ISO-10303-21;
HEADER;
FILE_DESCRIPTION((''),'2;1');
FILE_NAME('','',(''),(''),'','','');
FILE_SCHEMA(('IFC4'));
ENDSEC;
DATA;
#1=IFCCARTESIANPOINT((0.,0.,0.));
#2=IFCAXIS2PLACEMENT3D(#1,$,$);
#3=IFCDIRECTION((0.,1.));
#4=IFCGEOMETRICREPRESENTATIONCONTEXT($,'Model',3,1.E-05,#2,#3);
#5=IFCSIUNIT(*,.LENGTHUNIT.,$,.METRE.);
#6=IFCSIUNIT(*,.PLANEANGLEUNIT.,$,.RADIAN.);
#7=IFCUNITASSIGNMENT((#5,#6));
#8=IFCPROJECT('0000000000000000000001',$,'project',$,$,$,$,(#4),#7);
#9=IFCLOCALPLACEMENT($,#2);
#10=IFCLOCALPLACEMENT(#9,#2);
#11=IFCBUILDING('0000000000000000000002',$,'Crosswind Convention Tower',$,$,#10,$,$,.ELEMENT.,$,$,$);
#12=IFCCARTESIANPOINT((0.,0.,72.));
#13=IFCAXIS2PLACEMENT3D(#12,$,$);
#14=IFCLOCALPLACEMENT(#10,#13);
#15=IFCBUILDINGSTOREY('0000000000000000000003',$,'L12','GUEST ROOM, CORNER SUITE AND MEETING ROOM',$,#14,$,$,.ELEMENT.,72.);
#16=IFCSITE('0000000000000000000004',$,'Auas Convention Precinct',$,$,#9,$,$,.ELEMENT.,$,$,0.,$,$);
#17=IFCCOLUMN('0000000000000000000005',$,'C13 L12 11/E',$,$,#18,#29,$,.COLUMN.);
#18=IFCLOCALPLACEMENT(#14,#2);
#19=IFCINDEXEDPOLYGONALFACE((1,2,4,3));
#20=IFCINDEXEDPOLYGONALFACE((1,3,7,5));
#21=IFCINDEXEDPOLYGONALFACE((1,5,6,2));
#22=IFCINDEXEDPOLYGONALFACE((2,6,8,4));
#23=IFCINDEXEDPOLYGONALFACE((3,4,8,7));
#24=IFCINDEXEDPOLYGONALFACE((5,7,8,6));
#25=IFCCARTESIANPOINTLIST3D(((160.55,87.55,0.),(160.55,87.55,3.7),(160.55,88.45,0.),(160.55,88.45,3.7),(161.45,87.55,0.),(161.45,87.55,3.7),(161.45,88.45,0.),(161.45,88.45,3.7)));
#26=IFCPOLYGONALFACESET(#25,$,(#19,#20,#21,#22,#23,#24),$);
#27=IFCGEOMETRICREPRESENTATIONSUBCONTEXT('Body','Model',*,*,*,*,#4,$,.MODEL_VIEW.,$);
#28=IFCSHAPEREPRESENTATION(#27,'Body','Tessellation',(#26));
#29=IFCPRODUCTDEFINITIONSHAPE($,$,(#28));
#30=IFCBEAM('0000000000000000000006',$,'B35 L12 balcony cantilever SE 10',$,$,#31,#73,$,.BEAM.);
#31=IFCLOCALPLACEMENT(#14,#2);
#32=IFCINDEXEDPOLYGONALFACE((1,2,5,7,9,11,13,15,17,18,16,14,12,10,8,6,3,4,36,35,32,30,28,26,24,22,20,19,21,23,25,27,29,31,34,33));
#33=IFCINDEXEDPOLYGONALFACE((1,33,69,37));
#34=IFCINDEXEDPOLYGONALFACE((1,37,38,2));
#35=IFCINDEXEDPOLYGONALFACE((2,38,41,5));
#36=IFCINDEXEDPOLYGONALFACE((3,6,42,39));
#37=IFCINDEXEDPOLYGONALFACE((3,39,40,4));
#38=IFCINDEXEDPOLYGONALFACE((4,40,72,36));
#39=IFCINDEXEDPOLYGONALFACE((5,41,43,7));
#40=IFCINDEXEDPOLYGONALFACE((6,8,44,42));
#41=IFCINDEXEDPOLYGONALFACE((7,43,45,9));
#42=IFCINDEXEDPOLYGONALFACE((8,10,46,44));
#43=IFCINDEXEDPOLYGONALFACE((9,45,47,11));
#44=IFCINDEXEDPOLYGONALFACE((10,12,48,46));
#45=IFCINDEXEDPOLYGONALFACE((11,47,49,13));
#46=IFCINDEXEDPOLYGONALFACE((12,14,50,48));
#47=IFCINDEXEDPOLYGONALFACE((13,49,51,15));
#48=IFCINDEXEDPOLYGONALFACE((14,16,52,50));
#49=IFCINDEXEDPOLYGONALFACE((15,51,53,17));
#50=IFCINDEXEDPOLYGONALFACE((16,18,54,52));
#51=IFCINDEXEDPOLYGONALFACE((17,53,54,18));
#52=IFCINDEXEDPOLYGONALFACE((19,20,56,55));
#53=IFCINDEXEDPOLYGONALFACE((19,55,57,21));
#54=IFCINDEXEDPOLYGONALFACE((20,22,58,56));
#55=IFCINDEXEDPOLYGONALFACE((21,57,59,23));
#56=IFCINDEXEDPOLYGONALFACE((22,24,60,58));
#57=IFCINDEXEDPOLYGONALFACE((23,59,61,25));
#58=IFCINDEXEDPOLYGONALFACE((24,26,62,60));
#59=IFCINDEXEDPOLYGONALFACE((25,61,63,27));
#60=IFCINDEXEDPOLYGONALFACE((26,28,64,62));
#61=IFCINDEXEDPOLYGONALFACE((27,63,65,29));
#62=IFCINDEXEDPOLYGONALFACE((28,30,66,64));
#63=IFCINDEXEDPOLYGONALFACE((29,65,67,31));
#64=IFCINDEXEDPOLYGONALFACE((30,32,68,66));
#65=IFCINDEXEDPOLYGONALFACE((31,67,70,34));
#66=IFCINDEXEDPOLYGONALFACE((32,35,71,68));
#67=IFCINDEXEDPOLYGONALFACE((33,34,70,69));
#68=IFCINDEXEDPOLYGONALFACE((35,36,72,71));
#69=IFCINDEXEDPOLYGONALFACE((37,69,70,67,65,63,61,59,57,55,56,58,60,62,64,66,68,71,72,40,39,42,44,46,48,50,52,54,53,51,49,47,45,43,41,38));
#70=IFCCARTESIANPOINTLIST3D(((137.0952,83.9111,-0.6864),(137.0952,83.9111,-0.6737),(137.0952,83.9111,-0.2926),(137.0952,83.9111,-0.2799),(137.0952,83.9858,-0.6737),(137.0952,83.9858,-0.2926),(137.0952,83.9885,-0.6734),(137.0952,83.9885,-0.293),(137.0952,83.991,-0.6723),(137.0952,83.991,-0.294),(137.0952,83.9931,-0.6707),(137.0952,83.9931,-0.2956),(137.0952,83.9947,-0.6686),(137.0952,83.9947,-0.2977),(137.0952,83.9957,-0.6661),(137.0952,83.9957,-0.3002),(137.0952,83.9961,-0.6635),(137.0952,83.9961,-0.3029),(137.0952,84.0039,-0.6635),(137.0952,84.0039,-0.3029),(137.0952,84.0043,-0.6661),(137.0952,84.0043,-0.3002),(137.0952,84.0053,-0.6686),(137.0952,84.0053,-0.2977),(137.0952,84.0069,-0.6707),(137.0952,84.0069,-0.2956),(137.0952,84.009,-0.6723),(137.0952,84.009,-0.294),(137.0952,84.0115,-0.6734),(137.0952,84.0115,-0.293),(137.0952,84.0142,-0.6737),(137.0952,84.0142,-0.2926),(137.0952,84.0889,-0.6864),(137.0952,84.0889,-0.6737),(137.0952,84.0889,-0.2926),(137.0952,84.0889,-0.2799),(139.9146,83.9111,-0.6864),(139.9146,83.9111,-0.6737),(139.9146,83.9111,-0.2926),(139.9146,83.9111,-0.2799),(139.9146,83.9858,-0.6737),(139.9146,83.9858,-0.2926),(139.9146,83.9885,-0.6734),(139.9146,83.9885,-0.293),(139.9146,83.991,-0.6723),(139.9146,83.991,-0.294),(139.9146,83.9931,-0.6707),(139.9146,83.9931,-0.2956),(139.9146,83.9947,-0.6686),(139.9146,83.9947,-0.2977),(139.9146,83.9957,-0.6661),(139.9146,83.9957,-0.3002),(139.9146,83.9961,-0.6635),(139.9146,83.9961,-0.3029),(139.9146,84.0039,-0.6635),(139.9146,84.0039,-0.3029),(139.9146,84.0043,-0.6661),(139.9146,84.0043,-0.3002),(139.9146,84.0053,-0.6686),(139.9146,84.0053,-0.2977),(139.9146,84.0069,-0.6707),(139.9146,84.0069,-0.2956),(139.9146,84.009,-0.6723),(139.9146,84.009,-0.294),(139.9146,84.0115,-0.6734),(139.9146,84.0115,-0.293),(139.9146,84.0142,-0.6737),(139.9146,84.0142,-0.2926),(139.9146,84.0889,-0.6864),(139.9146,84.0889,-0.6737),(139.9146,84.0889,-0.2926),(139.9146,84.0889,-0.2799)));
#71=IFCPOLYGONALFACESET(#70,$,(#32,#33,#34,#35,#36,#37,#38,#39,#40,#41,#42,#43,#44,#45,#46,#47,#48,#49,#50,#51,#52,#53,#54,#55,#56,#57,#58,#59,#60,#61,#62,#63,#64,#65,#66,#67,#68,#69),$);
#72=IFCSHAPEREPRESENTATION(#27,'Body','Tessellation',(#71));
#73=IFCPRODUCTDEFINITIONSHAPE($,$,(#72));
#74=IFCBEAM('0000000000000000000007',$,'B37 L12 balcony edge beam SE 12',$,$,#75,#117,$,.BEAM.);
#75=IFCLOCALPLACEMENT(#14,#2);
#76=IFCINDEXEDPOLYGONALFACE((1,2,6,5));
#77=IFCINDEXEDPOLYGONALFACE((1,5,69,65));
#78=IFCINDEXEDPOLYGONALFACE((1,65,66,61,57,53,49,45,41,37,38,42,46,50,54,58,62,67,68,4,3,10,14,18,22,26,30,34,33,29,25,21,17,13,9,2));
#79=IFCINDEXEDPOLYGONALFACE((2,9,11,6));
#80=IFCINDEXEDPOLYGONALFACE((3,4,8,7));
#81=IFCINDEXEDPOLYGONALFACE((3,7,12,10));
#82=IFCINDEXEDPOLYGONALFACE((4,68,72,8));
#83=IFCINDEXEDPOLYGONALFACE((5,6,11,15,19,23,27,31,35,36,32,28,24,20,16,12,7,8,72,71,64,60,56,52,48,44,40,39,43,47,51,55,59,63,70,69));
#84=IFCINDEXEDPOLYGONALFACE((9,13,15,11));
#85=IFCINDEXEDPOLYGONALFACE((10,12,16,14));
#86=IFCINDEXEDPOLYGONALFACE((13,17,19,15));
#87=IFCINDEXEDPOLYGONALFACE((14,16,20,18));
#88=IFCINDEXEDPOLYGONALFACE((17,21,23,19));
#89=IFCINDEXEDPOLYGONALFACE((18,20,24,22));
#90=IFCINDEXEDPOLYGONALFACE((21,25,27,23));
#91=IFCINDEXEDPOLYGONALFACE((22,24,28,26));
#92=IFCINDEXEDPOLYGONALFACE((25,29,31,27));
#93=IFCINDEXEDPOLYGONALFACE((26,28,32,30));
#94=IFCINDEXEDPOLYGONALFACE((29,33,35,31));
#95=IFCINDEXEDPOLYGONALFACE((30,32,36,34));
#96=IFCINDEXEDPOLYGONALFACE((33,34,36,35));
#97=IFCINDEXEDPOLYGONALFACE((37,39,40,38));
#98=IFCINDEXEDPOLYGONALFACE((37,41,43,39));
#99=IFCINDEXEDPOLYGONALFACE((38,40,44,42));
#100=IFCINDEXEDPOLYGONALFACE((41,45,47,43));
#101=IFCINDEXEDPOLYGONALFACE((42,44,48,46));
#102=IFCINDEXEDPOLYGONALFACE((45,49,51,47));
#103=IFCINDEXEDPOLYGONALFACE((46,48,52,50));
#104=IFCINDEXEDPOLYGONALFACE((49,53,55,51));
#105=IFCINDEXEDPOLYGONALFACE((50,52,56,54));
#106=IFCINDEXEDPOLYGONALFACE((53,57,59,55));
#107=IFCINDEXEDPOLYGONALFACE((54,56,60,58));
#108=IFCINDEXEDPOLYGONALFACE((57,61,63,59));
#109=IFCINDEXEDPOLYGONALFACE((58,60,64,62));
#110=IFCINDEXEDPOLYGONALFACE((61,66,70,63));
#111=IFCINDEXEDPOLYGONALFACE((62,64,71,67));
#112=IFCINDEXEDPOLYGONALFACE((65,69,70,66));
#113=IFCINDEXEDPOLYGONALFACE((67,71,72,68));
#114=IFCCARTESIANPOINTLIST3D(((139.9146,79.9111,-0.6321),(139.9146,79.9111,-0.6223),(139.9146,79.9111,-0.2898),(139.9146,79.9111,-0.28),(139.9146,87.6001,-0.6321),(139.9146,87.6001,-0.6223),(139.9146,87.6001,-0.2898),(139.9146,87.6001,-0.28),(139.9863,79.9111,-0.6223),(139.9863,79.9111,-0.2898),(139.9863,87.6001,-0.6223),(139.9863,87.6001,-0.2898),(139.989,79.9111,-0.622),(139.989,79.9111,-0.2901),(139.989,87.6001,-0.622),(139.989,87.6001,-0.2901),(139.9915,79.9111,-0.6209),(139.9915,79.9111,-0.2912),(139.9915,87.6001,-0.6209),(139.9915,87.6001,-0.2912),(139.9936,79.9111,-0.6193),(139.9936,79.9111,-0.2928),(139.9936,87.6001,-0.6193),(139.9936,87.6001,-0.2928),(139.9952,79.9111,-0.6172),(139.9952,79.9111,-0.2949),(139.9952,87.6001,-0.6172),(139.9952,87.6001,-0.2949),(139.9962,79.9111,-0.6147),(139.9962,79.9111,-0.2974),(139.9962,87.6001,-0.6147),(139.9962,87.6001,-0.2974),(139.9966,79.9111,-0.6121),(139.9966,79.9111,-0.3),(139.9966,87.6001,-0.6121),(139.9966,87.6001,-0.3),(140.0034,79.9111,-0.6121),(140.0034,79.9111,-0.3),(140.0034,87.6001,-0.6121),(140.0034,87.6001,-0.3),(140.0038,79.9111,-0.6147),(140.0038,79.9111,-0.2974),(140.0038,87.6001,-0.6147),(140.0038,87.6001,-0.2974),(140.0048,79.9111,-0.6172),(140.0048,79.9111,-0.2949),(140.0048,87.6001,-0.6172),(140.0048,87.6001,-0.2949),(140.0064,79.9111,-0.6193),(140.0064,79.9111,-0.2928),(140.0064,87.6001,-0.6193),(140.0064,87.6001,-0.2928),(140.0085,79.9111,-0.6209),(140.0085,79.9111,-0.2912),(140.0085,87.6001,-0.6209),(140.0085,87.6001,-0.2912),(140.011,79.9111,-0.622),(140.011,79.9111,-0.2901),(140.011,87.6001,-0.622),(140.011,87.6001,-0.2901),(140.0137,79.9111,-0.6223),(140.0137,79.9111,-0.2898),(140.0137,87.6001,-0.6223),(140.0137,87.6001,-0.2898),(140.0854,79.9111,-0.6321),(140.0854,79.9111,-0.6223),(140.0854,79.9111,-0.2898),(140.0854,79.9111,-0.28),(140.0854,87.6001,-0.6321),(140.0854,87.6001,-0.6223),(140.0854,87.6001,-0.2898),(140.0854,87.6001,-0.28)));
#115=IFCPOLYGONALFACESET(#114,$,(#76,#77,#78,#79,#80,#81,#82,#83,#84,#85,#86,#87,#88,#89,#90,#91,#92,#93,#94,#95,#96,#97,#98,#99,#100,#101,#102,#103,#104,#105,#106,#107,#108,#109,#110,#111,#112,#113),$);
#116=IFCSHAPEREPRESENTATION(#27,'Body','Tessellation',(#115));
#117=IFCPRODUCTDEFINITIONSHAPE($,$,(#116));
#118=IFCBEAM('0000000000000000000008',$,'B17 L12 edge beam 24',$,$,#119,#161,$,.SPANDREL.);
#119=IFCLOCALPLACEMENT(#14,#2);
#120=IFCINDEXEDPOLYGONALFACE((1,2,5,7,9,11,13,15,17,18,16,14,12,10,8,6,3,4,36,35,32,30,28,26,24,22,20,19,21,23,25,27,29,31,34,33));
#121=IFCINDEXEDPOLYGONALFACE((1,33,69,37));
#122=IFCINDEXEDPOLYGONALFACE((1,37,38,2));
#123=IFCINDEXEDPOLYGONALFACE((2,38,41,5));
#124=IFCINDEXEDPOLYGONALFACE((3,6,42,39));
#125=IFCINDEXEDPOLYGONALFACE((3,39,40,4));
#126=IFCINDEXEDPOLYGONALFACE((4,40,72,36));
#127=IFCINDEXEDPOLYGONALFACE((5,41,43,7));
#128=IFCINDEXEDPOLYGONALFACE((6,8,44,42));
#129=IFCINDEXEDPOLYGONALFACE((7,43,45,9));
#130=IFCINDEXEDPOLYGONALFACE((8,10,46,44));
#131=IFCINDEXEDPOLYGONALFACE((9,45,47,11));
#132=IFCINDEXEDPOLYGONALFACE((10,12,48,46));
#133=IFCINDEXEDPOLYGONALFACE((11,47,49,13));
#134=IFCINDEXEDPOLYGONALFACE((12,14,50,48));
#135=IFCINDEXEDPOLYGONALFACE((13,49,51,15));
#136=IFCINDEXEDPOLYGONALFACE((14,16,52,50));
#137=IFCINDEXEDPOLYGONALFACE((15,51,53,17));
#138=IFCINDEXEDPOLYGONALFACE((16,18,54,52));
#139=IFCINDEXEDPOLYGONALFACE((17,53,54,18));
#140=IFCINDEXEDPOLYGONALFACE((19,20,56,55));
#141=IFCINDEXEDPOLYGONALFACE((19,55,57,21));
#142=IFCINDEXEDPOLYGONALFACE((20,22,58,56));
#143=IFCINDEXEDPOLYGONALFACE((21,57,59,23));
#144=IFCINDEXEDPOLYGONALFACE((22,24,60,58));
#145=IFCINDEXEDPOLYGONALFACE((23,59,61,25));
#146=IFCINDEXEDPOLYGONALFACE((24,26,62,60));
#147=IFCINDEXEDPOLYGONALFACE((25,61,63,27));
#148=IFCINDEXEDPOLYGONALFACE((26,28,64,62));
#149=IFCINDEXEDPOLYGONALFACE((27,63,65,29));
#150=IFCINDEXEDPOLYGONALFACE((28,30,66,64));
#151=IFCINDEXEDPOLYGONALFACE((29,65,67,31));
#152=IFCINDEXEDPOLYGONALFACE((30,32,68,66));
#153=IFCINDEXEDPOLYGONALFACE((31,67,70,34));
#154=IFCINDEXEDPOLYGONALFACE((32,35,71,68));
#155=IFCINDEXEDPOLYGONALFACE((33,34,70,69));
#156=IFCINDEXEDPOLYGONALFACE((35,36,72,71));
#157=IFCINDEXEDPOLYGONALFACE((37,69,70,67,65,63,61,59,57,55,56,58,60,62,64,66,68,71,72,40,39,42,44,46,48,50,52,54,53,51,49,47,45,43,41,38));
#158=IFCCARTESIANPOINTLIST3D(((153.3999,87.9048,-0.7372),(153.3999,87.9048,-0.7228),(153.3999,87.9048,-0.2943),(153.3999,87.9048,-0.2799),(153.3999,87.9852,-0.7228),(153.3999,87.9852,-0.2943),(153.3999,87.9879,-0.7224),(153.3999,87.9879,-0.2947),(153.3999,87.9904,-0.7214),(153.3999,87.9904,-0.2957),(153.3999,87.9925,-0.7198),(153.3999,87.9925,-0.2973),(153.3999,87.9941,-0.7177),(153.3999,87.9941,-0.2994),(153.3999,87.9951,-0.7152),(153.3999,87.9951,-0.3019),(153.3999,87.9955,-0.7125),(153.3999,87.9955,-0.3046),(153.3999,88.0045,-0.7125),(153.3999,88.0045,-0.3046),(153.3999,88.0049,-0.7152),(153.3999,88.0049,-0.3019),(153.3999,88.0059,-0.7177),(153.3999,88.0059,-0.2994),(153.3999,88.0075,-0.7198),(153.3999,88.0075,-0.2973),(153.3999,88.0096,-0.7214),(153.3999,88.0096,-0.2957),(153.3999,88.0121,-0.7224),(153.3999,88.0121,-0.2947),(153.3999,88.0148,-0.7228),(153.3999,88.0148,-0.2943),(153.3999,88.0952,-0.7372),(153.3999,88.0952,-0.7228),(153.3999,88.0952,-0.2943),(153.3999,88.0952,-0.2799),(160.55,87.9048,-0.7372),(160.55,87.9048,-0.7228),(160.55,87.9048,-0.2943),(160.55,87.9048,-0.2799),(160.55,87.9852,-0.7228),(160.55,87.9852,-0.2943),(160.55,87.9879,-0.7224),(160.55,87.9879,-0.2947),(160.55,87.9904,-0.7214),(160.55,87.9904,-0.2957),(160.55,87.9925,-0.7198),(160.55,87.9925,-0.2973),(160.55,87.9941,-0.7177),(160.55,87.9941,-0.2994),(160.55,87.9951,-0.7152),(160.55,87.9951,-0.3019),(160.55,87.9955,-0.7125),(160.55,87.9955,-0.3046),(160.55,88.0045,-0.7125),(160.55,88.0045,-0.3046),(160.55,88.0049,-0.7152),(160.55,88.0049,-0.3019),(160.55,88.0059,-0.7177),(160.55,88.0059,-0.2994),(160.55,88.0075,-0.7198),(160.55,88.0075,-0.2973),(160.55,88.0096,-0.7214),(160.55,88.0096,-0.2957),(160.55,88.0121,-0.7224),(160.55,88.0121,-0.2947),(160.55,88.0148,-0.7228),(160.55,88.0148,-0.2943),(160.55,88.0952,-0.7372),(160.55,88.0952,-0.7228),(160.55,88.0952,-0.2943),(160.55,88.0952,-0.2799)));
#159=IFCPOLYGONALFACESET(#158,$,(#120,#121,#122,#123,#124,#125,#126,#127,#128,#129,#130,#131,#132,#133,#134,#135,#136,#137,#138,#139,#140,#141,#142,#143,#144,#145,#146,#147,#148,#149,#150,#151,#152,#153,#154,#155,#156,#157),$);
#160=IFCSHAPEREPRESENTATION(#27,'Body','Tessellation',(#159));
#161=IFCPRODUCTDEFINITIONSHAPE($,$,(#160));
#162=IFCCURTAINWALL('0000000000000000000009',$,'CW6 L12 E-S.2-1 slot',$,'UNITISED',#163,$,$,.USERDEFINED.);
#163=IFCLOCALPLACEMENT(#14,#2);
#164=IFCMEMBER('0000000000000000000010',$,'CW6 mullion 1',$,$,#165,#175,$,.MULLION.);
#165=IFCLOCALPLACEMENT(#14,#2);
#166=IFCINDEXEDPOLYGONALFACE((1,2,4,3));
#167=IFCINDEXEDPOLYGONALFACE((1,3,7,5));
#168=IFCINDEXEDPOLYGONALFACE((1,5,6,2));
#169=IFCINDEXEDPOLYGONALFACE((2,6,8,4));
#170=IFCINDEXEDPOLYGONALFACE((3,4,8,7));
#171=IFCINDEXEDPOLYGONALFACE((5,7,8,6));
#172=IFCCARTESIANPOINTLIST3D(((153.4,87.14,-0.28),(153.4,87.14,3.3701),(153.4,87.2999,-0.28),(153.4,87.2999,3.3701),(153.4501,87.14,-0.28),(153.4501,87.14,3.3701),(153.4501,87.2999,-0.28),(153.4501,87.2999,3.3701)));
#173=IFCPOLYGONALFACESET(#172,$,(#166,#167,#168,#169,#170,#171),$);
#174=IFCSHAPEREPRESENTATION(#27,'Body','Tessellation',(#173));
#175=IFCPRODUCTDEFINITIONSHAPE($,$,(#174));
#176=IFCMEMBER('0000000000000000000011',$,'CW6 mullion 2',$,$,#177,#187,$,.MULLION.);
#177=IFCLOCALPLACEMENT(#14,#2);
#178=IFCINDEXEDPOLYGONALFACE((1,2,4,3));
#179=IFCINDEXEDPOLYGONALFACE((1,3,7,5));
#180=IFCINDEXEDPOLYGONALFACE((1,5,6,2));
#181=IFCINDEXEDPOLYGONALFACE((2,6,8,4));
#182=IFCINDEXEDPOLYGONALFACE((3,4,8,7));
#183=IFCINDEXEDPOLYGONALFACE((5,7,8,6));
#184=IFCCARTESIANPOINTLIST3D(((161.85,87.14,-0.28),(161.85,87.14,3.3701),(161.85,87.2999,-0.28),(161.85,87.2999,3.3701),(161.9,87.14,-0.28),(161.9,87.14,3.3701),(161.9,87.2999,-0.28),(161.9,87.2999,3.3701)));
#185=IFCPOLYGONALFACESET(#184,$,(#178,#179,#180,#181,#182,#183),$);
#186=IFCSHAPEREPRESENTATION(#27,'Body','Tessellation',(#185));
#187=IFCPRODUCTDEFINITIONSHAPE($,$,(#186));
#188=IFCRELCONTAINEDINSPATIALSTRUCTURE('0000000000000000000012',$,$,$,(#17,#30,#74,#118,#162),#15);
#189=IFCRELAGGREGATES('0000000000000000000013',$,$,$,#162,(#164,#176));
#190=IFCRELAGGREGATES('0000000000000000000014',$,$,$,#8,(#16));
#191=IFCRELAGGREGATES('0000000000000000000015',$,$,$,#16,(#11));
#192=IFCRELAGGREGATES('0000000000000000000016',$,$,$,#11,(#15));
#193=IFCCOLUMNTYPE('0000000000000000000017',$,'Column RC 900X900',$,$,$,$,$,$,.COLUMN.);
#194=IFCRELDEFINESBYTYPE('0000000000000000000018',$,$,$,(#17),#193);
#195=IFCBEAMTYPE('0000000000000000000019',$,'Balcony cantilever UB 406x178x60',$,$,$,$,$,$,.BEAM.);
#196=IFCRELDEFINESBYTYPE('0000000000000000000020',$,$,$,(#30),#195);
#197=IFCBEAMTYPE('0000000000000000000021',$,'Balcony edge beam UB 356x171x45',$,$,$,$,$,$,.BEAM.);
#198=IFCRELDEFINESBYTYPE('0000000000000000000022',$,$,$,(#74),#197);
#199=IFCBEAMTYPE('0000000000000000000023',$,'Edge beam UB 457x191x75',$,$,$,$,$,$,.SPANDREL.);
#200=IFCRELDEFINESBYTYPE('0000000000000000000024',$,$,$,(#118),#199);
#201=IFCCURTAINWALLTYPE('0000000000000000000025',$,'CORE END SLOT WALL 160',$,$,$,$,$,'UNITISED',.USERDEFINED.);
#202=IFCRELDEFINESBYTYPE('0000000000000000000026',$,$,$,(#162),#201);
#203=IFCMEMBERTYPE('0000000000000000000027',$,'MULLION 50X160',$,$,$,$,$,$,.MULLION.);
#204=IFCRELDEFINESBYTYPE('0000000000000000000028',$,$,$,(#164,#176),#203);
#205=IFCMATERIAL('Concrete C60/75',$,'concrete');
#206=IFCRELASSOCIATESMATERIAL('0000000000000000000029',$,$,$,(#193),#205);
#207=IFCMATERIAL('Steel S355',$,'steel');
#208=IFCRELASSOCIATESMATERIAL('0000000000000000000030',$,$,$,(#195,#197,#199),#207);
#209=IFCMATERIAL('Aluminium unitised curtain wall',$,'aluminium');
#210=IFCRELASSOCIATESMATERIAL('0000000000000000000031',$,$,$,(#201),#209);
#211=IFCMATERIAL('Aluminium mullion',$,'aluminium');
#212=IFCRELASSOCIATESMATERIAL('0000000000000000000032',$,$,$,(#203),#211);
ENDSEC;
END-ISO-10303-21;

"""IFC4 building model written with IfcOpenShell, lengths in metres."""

from ifc_helpers import new_model, si_unit, direction, frame, origin, origin_2d, place, context, subcontext, project, spatial, rectangle, i_section, extrude, material, material_profile, profile_set, type_object, element, aggregate, save


model = new_model("IFC4")

# Units and contexts
model_context = context("Model", 3, precision=1e-05, world=origin(), true_north=direction((0.0, 1.0)))
body_context = subcontext(model_context, "Body", "Model", "MODEL_VIEW")
ifc_project = project(units=[si_unit("LENGTHUNIT", "METRE"), si_unit("PLANEANGLEUNIT", "RADIAN")], contexts=[model_context])

# Site, building, storey
site_placement = place(None, origin())
site = spatial("IfcSite", under=ifc_project, at=site_placement, Name="Auas Convention Precinct", CompositionType="ELEMENT", RefElevation=0.0)
building_placement = place(site_placement, origin())
building = spatial("IfcBuilding", under=site, at=building_placement, Name="Crosswind Convention Tower", CompositionType="ELEMENT")
storey_placement = place(building_placement, frame((0.0, 0.0, 72.0)))
storey = spatial("IfcBuildingStorey", under=building, at=storey_placement, Name="L12", Description="GUEST ROOM, CORNER SUITE AND MEETING ROOM", CompositionType="ELEMENT", Elevation=72.0)

# Column
ifc_material_1 = material(Name="Concrete C60/75", Category="concrete")
ifc_material_profile_1 = material_profile(ifc_material_1, rectangle(XDim=0.8999, YDim=0.8999, at=origin_2d()), Name="RC 900X900")
ifc_profile_set_1 = profile_set([ifc_material_profile_1], Name="Concrete C60/75")
column_type = type_object("IfcColumnType", Name="Column RC 900X900", PredefinedType="COLUMN", material=ifc_profile_set_1)
column_placement = place(storey_placement, frame((161.0, 88.0, 0.0), z_axis=(0.0, 0.0, 1.0), x_axis=(1.0, 0.0, 0.0)))
element("IfcColumn", 1, at=column_placement, inside=storey, type_object=column_type, Name="C13 L12 11/E", PredefinedType="COLUMN", context=body_context, shape_type="SweptSolid", body=[
    extrude(rectangle(XDim=0.8999, YDim=0.8999, at=origin_2d()), origin(), (0.0, 0.0, 1.0), 3.7),
])

# Beams
ifc_material_2 = material(Name="Steel S355", Category="steel")
ifc_material_profile_2 = material_profile(ifc_material_2, i_section(OverallWidth=0.1777, OverallDepth=0.4065, WebThickness=0.0078, FlangeThickness=0.0127, FilletRadius=0.0103, at=origin_2d()), Name="UB 406x178x60")
ifc_profile_set_2 = profile_set([ifc_material_profile_2], Name="Steel S355")
beam_type_1 = type_object("IfcBeamType", Name="Balcony cantilever UB 406x178x60", PredefinedType="BEAM", material=ifc_profile_set_2)
beam_1_placement = place(storey_placement, frame((137.0952, 84.0, -0.4832), z_axis=(1.0, 0.0, 0.0), x_axis=(0.0, 1.0, 0.0)))
element("IfcBeam", 2, at=beam_1_placement, inside=storey, type_object=beam_type_1, Name="B35 L12 balcony cantilever SE 10", PredefinedType="BEAM", context=body_context, shape_type="SweptSolid", body=[
    extrude(i_section(OverallWidth=0.1777, OverallDepth=0.4065, WebThickness=0.0078, FlangeThickness=0.0127, FilletRadius=0.0103, at=origin_2d()), origin(), (0.0, 0.0, 1.0), 2.8193),
])
ifc_material_profile_3 = material_profile(ifc_material_2, i_section(OverallWidth=0.1709, OverallDepth=0.3521, WebThickness=0.0068, FlangeThickness=0.0098, FilletRadius=0.0103, at=origin_2d()), Name="UB 356x171x45")
ifc_profile_set_3 = profile_set([ifc_material_profile_3], Name="Steel S355")
beam_type_2 = type_object("IfcBeamType", Name="Balcony edge beam UB 356x171x45", PredefinedType="BEAM", material=ifc_profile_set_3)
beam_2_placement = place(storey_placement, frame((140.0, 87.6001, -0.4561), z_axis=(0.0, -1.0, 0.0), x_axis=(1.0, 0.0, 0.0)))
element("IfcBeam", 3, at=beam_2_placement, inside=storey, type_object=beam_type_2, Name="B37 L12 balcony edge beam SE 12", PredefinedType="BEAM", context=body_context, shape_type="SweptSolid", body=[
    extrude(i_section(OverallWidth=0.1709, OverallDepth=0.3521, WebThickness=0.0068, FlangeThickness=0.0098, FilletRadius=0.0103, at=origin_2d()), origin(), (0.0, 0.0, 1.0), 7.689),
])
ifc_material_profile_4 = material_profile(ifc_material_2, i_section(OverallWidth=0.1904, OverallDepth=0.4573, WebThickness=0.009, FlangeThickness=0.0144, FilletRadius=0.0103, at=origin_2d()), Name="UB 457x191x75")
ifc_profile_set_4 = profile_set([ifc_material_profile_4], Name="Steel S355")
beam_type_3 = type_object("IfcBeamType", Name="Edge beam UB 457x191x75", PredefinedType="SPANDREL", material=ifc_profile_set_4)
beam_3_placement = place(storey_placement, frame((153.3999, 88.0, -0.5085), z_axis=(1.0, 0.0, 0.0), x_axis=(0.0, 1.0, 0.0)))
element("IfcBeam", 4, at=beam_3_placement, inside=storey, type_object=beam_type_3, Name="B17 L12 edge beam 24", PredefinedType="SPANDREL", context=body_context, shape_type="SweptSolid", body=[
    extrude(i_section(OverallWidth=0.1904, OverallDepth=0.4573, WebThickness=0.009, FlangeThickness=0.0144, FilletRadius=0.0103, at=origin_2d()), origin(), (0.0, 0.0, 1.0), 7.1501),
])

# Curtain wall, members
ifc_material_3 = material(Name="Aluminium unitised curtain wall", Category="aluminium")
curtain_wall_type_1 = type_object("IfcCurtainWallType", Name="CORE END SLOT WALL 160", ElementType="UNITISED", PredefinedType="USERDEFINED", material=ifc_material_3)
curtain_wall_1_placement = place(storey_placement, origin())
curtain_wall_1 = element("IfcCurtainWall", 5, at=curtain_wall_1_placement, inside=storey, type_object=curtain_wall_type_1, Name="CW6 L12 E-S.2-1 slot", ObjectType="UNITISED", PredefinedType="USERDEFINED")
ifc_material_4 = material(Name="Aluminium mullion", Category="aluminium")
ifc_material_profile_5 = material_profile(ifc_material_4, rectangle(XDim=0.1599, YDim=0.05, at=origin_2d()), Name="AL 160X50")
ifc_profile_set_5 = profile_set([ifc_material_profile_5], Name="Aluminium mullion")
member_type_1 = type_object("IfcMemberType", Name="MULLION 50X160", PredefinedType="MULLION", material=ifc_profile_set_5)
member_1_placement = place(storey_placement, frame((153.425, 87.22, -0.28), z_axis=(0.0, 0.0, 1.0), x_axis=(0.0, -1.0, 0.0)))
member_1 = element("IfcMember", 6, at=member_1_placement, type_object=member_type_1, Name="CW6 mullion 1", PredefinedType="MULLION", context=body_context, shape_type="SweptSolid", body=[
    extrude(rectangle(XDim=0.1599, YDim=0.05, at=origin_2d()), origin(), (0.0, 0.0, 1.0), 3.6501),
])
member_2_placement = place(storey_placement, frame((161.875, 87.22, -0.28), z_axis=(0.0, 0.0, 1.0), x_axis=(0.0, -1.0, 0.0)))
member_2 = element("IfcMember", 7, at=member_2_placement, type_object=member_type_1, Name="CW6 mullion 2", PredefinedType="MULLION", context=body_context, shape_type="SweptSolid", body=[
    extrude(rectangle(XDim=0.1599, YDim=0.05, at=origin_2d()), origin(), (0.0, 0.0, 1.0), 3.6501),
])

aggregate(curtain_wall_1, [member_1, member_2])

save(model, "model.ifc")
